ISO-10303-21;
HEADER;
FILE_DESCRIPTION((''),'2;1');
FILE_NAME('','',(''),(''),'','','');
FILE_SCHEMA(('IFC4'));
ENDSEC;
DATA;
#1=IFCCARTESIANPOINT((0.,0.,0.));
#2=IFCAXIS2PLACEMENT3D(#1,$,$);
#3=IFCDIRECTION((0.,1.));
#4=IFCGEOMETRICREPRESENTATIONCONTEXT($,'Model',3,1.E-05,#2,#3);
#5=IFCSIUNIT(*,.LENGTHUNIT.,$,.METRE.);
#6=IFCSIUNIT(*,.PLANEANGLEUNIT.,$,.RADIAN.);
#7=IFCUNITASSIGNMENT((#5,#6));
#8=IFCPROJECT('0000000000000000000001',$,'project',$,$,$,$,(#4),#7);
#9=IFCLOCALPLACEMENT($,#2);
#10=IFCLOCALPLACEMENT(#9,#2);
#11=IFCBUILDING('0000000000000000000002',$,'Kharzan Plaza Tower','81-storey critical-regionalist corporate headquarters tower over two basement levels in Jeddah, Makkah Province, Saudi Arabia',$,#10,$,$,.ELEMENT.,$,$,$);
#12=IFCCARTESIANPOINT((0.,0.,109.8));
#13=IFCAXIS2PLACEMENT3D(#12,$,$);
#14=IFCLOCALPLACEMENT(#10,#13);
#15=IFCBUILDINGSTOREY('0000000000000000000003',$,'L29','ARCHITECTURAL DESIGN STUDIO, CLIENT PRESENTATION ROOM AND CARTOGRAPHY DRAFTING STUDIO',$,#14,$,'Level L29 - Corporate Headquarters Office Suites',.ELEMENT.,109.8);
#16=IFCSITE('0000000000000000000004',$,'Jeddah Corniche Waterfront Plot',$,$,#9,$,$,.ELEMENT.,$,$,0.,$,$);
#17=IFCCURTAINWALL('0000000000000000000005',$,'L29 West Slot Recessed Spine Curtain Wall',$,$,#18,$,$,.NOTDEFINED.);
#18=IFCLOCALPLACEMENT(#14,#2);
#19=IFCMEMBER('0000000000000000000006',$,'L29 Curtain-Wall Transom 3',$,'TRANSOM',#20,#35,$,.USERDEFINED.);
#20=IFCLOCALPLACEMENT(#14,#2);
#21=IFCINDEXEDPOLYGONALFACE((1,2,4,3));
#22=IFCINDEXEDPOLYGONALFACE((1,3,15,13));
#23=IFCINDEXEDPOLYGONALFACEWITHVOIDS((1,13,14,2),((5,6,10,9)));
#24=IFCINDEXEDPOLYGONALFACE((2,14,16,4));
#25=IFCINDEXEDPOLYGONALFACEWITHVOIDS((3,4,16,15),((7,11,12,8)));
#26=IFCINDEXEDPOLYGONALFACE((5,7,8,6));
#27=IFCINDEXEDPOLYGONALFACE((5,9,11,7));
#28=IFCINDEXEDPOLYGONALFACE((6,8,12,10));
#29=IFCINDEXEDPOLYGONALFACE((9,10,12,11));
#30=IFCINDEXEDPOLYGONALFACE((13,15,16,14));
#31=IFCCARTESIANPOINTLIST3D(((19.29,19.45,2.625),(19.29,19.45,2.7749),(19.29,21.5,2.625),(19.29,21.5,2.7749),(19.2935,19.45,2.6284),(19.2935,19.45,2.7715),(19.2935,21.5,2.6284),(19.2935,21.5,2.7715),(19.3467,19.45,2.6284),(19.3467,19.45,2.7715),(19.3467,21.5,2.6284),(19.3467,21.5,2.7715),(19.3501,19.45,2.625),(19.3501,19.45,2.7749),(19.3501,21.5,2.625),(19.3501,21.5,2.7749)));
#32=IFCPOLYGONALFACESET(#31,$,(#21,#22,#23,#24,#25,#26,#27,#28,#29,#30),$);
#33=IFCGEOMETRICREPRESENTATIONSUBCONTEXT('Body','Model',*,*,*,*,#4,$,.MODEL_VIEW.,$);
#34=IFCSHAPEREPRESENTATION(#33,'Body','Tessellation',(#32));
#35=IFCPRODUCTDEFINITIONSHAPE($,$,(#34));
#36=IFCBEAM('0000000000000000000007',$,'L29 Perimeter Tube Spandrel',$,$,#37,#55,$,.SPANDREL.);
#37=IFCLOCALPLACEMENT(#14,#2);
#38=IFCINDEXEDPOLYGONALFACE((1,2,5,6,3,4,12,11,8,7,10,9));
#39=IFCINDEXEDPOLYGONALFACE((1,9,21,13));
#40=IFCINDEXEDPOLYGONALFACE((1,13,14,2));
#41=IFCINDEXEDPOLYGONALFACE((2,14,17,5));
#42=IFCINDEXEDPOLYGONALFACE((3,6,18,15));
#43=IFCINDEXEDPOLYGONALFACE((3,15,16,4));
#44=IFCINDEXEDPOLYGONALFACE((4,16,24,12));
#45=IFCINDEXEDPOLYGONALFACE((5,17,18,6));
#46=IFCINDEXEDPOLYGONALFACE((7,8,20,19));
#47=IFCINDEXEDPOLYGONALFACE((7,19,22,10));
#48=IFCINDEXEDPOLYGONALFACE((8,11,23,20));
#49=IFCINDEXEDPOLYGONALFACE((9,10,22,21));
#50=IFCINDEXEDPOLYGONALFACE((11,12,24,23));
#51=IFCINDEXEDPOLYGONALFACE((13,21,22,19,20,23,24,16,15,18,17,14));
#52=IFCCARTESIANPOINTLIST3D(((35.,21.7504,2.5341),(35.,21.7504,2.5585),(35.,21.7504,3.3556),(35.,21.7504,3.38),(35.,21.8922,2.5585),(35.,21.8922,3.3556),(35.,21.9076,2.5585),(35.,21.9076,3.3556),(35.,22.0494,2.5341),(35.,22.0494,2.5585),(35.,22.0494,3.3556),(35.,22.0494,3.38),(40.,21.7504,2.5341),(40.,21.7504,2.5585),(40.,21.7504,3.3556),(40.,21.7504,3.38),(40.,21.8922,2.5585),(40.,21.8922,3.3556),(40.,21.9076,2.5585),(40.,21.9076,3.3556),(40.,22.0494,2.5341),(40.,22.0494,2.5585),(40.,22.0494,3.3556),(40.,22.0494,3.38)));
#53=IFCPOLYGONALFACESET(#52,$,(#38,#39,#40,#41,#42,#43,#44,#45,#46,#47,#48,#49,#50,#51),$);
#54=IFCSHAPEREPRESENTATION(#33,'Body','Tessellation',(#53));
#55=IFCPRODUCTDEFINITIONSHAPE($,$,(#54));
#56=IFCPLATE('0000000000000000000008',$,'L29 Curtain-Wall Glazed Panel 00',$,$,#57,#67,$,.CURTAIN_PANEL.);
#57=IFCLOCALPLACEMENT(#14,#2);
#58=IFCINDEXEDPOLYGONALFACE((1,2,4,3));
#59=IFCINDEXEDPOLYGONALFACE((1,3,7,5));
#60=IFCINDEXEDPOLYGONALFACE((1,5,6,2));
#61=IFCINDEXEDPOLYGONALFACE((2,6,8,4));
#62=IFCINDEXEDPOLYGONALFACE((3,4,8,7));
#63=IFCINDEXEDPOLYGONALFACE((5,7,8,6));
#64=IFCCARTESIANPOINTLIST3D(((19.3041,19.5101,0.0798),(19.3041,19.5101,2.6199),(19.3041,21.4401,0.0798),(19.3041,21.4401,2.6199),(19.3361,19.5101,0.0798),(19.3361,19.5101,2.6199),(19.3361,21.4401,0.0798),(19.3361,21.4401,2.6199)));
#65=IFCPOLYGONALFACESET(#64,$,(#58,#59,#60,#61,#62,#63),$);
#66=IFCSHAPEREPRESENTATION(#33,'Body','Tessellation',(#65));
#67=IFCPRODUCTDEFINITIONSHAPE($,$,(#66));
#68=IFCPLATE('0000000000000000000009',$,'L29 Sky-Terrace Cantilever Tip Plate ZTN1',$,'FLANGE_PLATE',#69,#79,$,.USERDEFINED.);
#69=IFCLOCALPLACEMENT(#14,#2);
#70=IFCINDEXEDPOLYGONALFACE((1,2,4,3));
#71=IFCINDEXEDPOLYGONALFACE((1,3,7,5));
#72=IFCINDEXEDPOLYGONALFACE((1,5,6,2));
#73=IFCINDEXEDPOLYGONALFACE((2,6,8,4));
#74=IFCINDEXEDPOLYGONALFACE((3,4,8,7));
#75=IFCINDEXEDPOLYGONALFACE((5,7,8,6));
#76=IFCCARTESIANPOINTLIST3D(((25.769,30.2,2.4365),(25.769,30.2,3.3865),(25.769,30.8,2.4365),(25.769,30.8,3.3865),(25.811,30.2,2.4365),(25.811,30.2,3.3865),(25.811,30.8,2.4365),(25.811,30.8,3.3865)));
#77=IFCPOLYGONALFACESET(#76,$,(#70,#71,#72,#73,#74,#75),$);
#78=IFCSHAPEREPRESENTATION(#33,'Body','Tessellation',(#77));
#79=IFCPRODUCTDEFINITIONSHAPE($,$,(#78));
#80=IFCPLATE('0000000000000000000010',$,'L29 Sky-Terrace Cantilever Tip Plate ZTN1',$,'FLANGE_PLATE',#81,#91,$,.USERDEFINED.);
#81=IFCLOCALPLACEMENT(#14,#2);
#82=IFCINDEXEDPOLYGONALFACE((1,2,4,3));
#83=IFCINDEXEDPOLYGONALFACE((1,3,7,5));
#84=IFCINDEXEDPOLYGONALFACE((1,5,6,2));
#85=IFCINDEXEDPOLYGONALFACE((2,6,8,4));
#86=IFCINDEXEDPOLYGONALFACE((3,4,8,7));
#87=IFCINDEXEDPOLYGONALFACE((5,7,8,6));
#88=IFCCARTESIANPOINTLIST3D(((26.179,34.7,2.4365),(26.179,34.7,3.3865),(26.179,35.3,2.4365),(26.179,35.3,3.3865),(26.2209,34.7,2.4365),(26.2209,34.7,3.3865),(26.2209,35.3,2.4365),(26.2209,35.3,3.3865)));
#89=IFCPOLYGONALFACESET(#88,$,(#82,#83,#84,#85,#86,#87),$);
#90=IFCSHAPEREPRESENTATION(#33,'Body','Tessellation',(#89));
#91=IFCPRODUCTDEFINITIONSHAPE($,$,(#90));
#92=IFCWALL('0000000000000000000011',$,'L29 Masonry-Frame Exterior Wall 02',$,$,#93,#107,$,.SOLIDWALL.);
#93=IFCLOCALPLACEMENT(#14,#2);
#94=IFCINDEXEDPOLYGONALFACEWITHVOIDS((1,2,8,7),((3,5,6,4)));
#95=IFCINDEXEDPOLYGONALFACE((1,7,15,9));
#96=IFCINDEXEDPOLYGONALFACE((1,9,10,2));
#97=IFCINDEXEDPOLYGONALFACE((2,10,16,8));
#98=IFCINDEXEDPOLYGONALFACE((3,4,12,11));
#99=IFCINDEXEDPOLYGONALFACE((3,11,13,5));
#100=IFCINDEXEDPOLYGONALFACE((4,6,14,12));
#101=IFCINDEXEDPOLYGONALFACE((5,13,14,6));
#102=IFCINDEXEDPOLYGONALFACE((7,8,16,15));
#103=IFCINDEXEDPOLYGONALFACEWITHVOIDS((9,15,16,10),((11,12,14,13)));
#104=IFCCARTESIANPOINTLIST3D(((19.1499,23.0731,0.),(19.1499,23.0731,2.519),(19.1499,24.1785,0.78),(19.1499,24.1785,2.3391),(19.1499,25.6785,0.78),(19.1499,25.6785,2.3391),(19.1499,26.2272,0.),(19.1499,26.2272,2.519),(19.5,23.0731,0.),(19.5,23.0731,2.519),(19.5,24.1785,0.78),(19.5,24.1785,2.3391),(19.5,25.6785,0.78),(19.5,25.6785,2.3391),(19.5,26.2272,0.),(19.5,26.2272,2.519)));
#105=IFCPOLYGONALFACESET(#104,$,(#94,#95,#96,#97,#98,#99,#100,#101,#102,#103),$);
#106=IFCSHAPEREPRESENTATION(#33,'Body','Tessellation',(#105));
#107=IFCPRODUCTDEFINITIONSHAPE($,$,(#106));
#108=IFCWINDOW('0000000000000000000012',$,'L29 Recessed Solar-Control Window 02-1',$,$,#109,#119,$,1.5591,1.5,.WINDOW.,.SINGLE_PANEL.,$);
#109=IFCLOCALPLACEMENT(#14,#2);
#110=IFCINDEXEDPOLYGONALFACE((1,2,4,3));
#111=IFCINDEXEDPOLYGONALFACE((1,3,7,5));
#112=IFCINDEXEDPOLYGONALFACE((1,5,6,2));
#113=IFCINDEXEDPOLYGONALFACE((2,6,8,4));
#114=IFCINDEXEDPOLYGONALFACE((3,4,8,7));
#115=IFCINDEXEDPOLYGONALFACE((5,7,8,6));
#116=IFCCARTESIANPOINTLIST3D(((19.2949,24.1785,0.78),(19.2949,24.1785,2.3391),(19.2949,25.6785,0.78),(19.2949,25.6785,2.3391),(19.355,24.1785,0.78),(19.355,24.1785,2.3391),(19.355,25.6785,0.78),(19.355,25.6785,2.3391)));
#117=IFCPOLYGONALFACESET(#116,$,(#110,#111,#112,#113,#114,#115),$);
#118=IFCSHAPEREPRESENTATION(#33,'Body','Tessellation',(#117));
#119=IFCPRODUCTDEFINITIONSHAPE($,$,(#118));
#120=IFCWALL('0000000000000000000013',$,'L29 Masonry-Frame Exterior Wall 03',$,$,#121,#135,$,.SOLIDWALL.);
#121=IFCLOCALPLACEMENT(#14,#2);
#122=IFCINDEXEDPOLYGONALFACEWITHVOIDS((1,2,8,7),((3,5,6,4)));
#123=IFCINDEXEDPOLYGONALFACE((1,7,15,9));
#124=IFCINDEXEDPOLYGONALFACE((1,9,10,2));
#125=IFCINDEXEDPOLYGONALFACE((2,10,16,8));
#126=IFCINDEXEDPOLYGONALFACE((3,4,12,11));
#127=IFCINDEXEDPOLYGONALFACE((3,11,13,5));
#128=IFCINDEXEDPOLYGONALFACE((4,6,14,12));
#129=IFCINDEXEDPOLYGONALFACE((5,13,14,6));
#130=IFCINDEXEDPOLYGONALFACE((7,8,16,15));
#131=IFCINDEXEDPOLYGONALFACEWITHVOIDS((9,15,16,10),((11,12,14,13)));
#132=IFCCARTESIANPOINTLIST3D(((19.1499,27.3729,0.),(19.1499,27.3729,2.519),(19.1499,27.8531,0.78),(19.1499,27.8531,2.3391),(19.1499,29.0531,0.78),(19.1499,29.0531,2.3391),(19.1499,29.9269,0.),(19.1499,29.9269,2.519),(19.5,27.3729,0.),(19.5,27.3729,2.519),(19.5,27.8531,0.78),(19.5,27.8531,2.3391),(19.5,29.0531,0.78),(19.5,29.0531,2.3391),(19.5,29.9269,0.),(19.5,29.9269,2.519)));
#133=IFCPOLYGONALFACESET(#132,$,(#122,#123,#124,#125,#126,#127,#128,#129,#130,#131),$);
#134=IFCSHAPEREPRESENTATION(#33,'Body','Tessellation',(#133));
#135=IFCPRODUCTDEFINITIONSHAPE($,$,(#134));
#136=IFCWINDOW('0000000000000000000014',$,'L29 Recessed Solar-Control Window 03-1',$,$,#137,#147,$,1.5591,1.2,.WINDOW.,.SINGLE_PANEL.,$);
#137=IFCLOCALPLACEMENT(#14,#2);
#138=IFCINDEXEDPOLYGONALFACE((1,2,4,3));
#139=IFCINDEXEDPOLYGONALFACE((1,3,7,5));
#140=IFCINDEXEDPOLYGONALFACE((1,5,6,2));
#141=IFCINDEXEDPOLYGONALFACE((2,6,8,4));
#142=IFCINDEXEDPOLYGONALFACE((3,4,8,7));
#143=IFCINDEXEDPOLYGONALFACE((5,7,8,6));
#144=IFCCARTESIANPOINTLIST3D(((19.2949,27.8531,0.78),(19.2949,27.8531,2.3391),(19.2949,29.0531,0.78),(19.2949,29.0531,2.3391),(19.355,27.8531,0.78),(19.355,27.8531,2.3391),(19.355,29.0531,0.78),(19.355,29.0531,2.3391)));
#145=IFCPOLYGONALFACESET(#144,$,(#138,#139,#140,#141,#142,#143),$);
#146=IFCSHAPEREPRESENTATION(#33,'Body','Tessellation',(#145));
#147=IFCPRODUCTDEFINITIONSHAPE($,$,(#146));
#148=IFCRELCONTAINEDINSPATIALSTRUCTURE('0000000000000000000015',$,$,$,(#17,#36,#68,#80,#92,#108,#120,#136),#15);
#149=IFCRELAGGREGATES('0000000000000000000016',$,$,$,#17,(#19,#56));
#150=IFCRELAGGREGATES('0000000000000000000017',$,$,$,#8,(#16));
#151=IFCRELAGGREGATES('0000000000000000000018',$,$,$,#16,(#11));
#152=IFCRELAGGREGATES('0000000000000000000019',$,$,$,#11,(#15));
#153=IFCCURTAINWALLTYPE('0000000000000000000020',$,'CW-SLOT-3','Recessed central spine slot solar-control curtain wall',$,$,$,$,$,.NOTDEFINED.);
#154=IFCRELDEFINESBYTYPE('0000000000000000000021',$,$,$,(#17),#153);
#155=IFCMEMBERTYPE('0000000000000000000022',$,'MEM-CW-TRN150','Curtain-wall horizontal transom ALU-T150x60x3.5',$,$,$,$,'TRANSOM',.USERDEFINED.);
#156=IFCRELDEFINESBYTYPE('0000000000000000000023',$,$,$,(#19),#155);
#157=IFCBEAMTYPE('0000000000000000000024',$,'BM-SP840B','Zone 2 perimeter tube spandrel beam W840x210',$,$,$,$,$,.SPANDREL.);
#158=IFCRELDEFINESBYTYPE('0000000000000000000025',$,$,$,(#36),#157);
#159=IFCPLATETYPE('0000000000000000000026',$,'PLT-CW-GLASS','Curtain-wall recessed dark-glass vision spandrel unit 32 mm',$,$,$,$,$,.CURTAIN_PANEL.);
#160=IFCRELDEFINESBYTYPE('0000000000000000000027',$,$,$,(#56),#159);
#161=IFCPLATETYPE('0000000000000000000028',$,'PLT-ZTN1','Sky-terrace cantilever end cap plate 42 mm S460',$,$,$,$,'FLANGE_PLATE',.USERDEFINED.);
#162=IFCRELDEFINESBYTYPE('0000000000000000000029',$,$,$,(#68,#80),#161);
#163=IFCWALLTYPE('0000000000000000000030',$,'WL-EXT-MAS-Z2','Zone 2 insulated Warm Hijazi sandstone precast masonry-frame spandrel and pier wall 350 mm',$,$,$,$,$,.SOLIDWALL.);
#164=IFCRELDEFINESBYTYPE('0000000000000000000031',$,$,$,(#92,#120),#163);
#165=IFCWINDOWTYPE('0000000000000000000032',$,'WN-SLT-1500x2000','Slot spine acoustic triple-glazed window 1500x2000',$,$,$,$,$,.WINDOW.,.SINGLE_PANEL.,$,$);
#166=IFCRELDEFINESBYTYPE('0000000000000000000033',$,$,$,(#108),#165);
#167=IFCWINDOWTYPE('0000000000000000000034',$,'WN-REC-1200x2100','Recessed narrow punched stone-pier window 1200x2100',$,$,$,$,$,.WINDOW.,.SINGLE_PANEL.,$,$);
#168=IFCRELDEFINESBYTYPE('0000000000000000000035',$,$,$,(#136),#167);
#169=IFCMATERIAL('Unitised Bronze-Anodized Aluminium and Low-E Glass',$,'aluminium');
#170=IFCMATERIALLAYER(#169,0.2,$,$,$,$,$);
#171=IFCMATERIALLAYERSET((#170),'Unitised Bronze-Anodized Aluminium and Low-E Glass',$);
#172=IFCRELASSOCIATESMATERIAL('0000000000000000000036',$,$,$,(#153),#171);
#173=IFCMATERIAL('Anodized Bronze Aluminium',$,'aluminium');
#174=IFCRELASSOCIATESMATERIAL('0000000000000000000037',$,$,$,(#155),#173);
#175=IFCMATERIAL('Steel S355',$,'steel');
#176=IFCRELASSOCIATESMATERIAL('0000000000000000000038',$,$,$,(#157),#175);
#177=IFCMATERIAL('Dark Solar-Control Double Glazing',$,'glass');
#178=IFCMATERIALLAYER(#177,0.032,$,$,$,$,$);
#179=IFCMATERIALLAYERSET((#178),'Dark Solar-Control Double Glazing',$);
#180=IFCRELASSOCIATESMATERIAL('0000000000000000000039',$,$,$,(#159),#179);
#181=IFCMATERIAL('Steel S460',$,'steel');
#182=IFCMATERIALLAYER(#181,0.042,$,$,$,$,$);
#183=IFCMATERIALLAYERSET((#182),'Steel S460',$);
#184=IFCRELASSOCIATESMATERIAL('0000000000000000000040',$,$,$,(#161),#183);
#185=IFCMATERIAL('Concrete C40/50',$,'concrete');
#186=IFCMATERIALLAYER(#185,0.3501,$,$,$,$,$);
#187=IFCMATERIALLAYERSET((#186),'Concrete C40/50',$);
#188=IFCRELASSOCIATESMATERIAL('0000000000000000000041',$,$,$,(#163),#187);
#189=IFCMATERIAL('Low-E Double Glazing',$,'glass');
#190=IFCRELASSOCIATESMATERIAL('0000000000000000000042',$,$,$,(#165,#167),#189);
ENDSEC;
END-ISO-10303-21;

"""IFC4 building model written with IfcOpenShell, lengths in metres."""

from ifc_helpers import new_model, si_unit, direction, frame, frame_2d, origin, origin_2d, place, context, subcontext, project, spatial, rectangle, hollow_rectangle, i_section, extrude, source, transform, mapped, material, layer, layer_set, material_profile, profile_set, type_object, element, fill, aggregate, save


model = new_model("IFC4")

# Units and contexts
model_context = context("Model", 3, precision=1e-05, world=origin(), true_north=direction((0.0, 1.0)))
body_context = subcontext(model_context, "Body", "Model", "MODEL_VIEW")
ifc_project = project(units=[si_unit("LENGTHUNIT", "METRE"), si_unit("PLANEANGLEUNIT", "RADIAN")], contexts=[model_context])

# Site, building, storey
site_placement = place(None, origin())
site = spatial("IfcSite", under=ifc_project, at=site_placement, Name="Jeddah Corniche Waterfront Plot", CompositionType="ELEMENT", RefElevation=0.0)
building_placement = place(site_placement, origin())
building = spatial("IfcBuilding", under=site, at=building_placement, Name="Kharzan Plaza Tower", Description="81-storey critical-regionalist corporate headquarters tower over two basement levels in Jeddah, Makkah Province, Saudi Arabia", CompositionType="ELEMENT")
storey_placement = place(building_placement, frame((0.0, 0.0, 109.8)))
storey = spatial("IfcBuildingStorey", under=building, at=storey_placement, Name="L29", Description="ARCHITECTURAL DESIGN STUDIO, CLIENT PRESENTATION ROOM AND CARTOGRAPHY DRAFTING STUDIO", LongName="Level L29 - Corporate Headquarters Office Suites", CompositionType="ELEMENT", Elevation=109.8)

# Shared definitions
ifc_material_1 = material(Name="Steel S355", Category="steel")

# Curtain wall, member
ifc_material_2 = material(Name="Unitised Bronze-Anodized Aluminium and Low-E Glass", Category="aluminium")
ifc_layer_1 = layer(ifc_material_2, 0.2)
ifc_layer_set_1 = layer_set([ifc_layer_1], Name="Unitised Bronze-Anodized Aluminium and Low-E Glass")
curtain_wall_type = type_object("IfcCurtainWallType", Name="CW-SLOT-3", Description="Recessed central spine slot solar-control curtain wall", PredefinedType="NOTDEFINED", material=ifc_layer_set_1)
curtain_wall_placement = place(storey_placement, origin())
curtain_wall = element("IfcCurtainWall", 1, at=curtain_wall_placement, inside=storey, type_object=curtain_wall_type, Name="L29 West Slot Recessed Spine Curtain Wall", PredefinedType="NOTDEFINED")
ifc_material_3 = material(Name="Anodized Bronze Aluminium", Category="aluminium")
ifc_material_profile_1 = material_profile(ifc_material_3, hollow_rectangle(XDim=0.0601, YDim=0.1499, WallThickness=0.0034, at=origin_2d()), Name="ALU-T150x60x3.5")
ifc_profile_set_1 = profile_set([ifc_material_profile_1], Name="Anodized Bronze Aluminium")
member_type_1 = type_object("IfcMemberType", Name="MEM-CW-TRN150", Description="Curtain-wall horizontal transom ALU-T150x60x3.5", ElementType="TRANSOM", PredefinedType="USERDEFINED", material=ifc_profile_set_1)
shared_shape_1 = source(origin(), body_context, "Body", "SweptSolid", [
    extrude(hollow_rectangle(XDim=0.0601, YDim=0.1499, WallThickness=0.0034, at=origin_2d()), origin(), (0.0, 0.0, 1.0), 2.05),
])
member_1_placement = place(storey_placement, frame((19.3201, 19.45, 2.7), z_axis=(0.0, 1.0, 0.0), x_axis=(-1.0, 0.0, 0.0)))
member_1 = element("IfcMember", 2, at=member_1_placement, type_object=member_type_1, Name="L29 Curtain-Wall Transom 3", ObjectType="TRANSOM", PredefinedType="USERDEFINED", context=body_context, shape_type="MappedRepresentation", body=[
    mapped(shared_shape_1, transform((0.0, 0.0, 0.0), x_axis=(1.0, 0.0, 0.0), y_axis=(0.0, 1.0, 0.0), z_axis=(0.0, 0.0, 1.0))),
])

# Beam
ifc_material_profile_2 = material_profile(ifc_material_1, i_section(OverallWidth=0.2991, OverallDepth=0.8459, WebThickness=0.0154, FlangeThickness=0.0244, at=origin_2d()), Name="W840x210")
ifc_profile_set_2 = profile_set([ifc_material_profile_2], Name="Steel S355")
beam_type_1 = type_object("IfcBeamType", Name="BM-SP840B", Description="Zone 2 perimeter tube spandrel beam W840x210", PredefinedType="SPANDREL", material=ifc_profile_set_2)
shared_shape_2 = source(origin(), body_context, "Body", "SweptSolid", [
    extrude(i_section(OverallWidth=0.2991, OverallDepth=0.8459, WebThickness=0.0154, FlangeThickness=0.0244, at=origin_2d()), origin(), (0.0, 0.0, 1.0), 5.0),
])
beam_1_placement = place(storey_placement, frame((35.0, 21.8999, 2.957), z_axis=(1.0, 0.0, 0.0), x_axis=(0.0, 1.0, 0.0)))
element("IfcBeam", 3, at=beam_1_placement, inside=storey, type_object=beam_type_1, Name="L29 Perimeter Tube Spandrel", PredefinedType="SPANDREL", context=body_context, shape_type="MappedRepresentation", body=[
    mapped(shared_shape_2, transform((0.0, 0.0, 0.0), x_axis=(1.0, 0.0, 0.0), y_axis=(0.0, 1.0, 0.0), z_axis=(0.0, 0.0, 1.0))),
])

# Plate
ifc_material_4 = material(Name="Dark Solar-Control Double Glazing", Category="glass")
ifc_layer_2 = layer(ifc_material_4, 0.032)
ifc_layer_set_2 = layer_set([ifc_layer_2], Name="Dark Solar-Control Double Glazing")
plate_type_1 = type_object("IfcPlateType", Name="PLT-CW-GLASS", Description="Curtain-wall recessed dark-glass vision spandrel unit 32 mm", PredefinedType="CURTAIN_PANEL", material=ifc_layer_set_2)
shared_shape_3 = source(origin(), body_context, "Body", "SweptSolid", [
    extrude(rectangle(XDim=1.9299, YDim=0.032, at=origin_2d()), origin(), (0.0, 0.0, 1.0), 2.54),
])
plate_placement = place(storey_placement, frame((19.3201, 20.4751, 0.0798), z_axis=(0.0, 0.0, 1.0), x_axis=(0.0, 1.0, 0.0)))
plate = element("IfcPlate", 4, at=plate_placement, type_object=plate_type_1, Name="L29 Curtain-Wall Glazed Panel 00", PredefinedType="CURTAIN_PANEL", context=body_context, shape_type="MappedRepresentation", body=[
    mapped(shared_shape_3, transform((0.0, 0.0, 0.0), x_axis=(1.0, 0.0, 0.0), y_axis=(0.0, 1.0, 0.0), z_axis=(0.0, 0.0, 1.0))),
])
aggregate(curtain_wall, [member_1, plate])

# Plates
ifc_material_5 = material(Name="Steel S460", Category="steel")
ifc_layer_3 = layer(ifc_material_5, 0.042)
ifc_layer_set_3 = layer_set([ifc_layer_3], Name="Steel S460")
plate_type_2 = type_object("IfcPlateType", Name="PLT-ZTN1", Description="Sky-terrace cantilever end cap plate 42 mm S460", ElementType="FLANGE_PLATE", PredefinedType="USERDEFINED", material=ifc_layer_set_3)
shared_shape_4 = source(origin(), body_context, "Body", "SweptSolid", [
    extrude(rectangle(XDim=0.6001, YDim=0.042, at=origin_2d()), origin(), (0.0, 0.0, 1.0), 0.95),
])
for number, where, z_axis, x_axis, name in (
    (5, (25.79, 30.5, 2.4365), (0.0, 0.0, 1.0), (0.0, 1.0, 0.0), "L29 Sky-Terrace Cantilever Tip Plate ZTN1"),
    (6, (26.2, 35.0, 2.4365), (0.0, 0.0, 1.0), (0.0, 1.0, 0.0), "L29 Sky-Terrace Cantilever Tip Plate ZTN1"),
):
    element("IfcPlate", number, at=place(storey_placement, frame(where, z_axis=z_axis, x_axis=x_axis)), inside=storey, type_object=plate_type_2, Name=name, ObjectType="FLANGE_PLATE", PredefinedType="USERDEFINED", context=body_context, shape_type="MappedRepresentation", body=[
        mapped(shared_shape_4, transform((0.0, 0.0, 0.0), x_axis=(1.0, 0.0, 0.0), y_axis=(0.0, 1.0, 0.0), z_axis=(0.0, 0.0, 1.0))),
    ])

# Walls, openings, windows
ifc_material_6 = material(Name="Concrete C40/50", Category="concrete")
ifc_layer_4 = layer(ifc_material_6, 0.3501)
ifc_layer_set_4 = layer_set([ifc_layer_4], Name="Concrete C40/50")
wall_type_1 = type_object("IfcWallType", Name="WL-EXT-MAS-Z2", Description="Zone 2 insulated Warm Hijazi sandstone precast masonry-frame spandrel and pier wall 350 mm", PredefinedType="SOLIDWALL", material=ifc_layer_set_4)
wall_1_placement = place(storey_placement, frame((19.325, 23.073, 0.0), z_axis=(0.0, 0.0, 1.0), x_axis=(0.0, 1.0, 0.0)))
wall_1 = element("IfcWall", 7, at=wall_1_placement, inside=storey, type_object=wall_type_1, Name="L29 Masonry-Frame Exterior Wall 02", PredefinedType="SOLIDWALL", context=body_context, shape_type="SweptSolid", body=[
    extrude(rectangle(XDim=3.1541, YDim=0.3501, at=frame_2d((1.5771, 0.0))), origin(), (0.0, 0.0, 1.0), 2.519),
])
opening_1_placement = place(wall_1_placement, frame((1.1055, 0.0, 0.78)))
opening_1 = element("IfcOpeningElement", 8, at=opening_1_placement, cuts=wall_1, PredefinedType="OPENING", context=body_context, shape_type="SweptSolid", body=[
    extrude(rectangle(XDim=1.5, YDim=1.5591, at=frame_2d((0.75, 0.7795))), frame((0.0, 0.1851, 0.0), z_axis=(0.0, -1.0, 0.0), x_axis=(1.0, 0.0, 0.0)), (0.0, 0.0, 1.0), 0.3701),
])
ifc_material_7 = material(Name="Low-E Double Glazing", Category="glass")
window_type_1 = type_object("IfcWindowType", Name="WN-SLT-1500x2000", Description="Slot spine acoustic triple-glazed window 1500x2000", PartitioningType="SINGLE_PANEL", PredefinedType="WINDOW", material=ifc_material_7)
shared_shape_5 = source(origin(), body_context, "Body", "SweptSolid", [
    extrude(rectangle(XDim=1.5, YDim=1.5591, at=frame_2d((0.75, 0.7795))), frame((0.0, 0.03, 0.0), z_axis=(0.0, -1.0, 0.0), x_axis=(1.0, 0.0, 0.0)), (0.0, 0.0, 1.0), 0.0601),
])
window_1_placement = place(opening_1_placement, origin())
window_1 = element("IfcWindow", 9, at=window_1_placement, inside=storey, type_object=window_type_1, Name="L29 Recessed Solar-Control Window 02-1", OverallHeight=1.5591, OverallWidth=1.5, PartitioningType="SINGLE_PANEL", PredefinedType="WINDOW", context=body_context, shape_type="MappedRepresentation", body=[
    mapped(shared_shape_5, transform((0.0, 0.0, 0.0), x_axis=(1.0, 0.0, 0.0), y_axis=(0.0, 1.0, 0.0), z_axis=(0.0, 0.0, 1.0))),
])
fill(opening_1, window_1)
wall_2_placement = place(storey_placement, frame((19.325, 27.373, 0.0), z_axis=(0.0, 0.0, 1.0), x_axis=(0.0, 1.0, 0.0)))
wall_2 = element("IfcWall", 10, at=wall_2_placement, inside=storey, type_object=wall_type_1, Name="L29 Masonry-Frame Exterior Wall 03", PredefinedType="SOLIDWALL", context=body_context, shape_type="SweptSolid", body=[
    extrude(rectangle(XDim=2.554, YDim=0.3501, at=frame_2d((1.2769, 0.0))), origin(), (0.0, 0.0, 1.0), 2.519),
])
opening_2_placement = place(wall_2_placement, frame((0.48, 0.0, 0.78)))
opening_2 = element("IfcOpeningElement", 11, at=opening_2_placement, cuts=wall_2, PredefinedType="OPENING", context=body_context, shape_type="SweptSolid", body=[
    extrude(rectangle(XDim=1.2, YDim=1.5591, at=frame_2d((0.6001, 0.7795))), frame((0.0, 0.1851, 0.0), z_axis=(0.0, -1.0, 0.0), x_axis=(1.0, 0.0, 0.0)), (0.0, 0.0, 1.0), 0.3701),
])
window_type_2 = type_object("IfcWindowType", Name="WN-REC-1200x2100", Description="Recessed narrow punched stone-pier window 1200x2100", PartitioningType="SINGLE_PANEL", PredefinedType="WINDOW", material=ifc_material_7)
shared_shape_6 = source(origin(), body_context, "Body", "SweptSolid", [
    extrude(rectangle(XDim=1.2, YDim=1.5591, at=frame_2d((0.6001, 0.7795))), frame((0.0, 0.03, 0.0), z_axis=(0.0, -1.0, 0.0), x_axis=(1.0, 0.0, 0.0)), (0.0, 0.0, 1.0), 0.0601),
])
window_2_placement = place(opening_2_placement, origin())
window_2 = element("IfcWindow", 12, at=window_2_placement, inside=storey, type_object=window_type_2, Name="L29 Recessed Solar-Control Window 03-1", OverallHeight=1.5591, OverallWidth=1.2, PartitioningType="SINGLE_PANEL", PredefinedType="WINDOW", context=body_context, shape_type="MappedRepresentation", body=[
    mapped(shared_shape_6, transform((0.0, 0.0, 0.0), x_axis=(1.0, 0.0, 0.0), y_axis=(0.0, 1.0, 0.0), z_axis=(0.0, 0.0, 1.0))),
])
fill(opening_2, window_2)

save(model, "model.ifc")
